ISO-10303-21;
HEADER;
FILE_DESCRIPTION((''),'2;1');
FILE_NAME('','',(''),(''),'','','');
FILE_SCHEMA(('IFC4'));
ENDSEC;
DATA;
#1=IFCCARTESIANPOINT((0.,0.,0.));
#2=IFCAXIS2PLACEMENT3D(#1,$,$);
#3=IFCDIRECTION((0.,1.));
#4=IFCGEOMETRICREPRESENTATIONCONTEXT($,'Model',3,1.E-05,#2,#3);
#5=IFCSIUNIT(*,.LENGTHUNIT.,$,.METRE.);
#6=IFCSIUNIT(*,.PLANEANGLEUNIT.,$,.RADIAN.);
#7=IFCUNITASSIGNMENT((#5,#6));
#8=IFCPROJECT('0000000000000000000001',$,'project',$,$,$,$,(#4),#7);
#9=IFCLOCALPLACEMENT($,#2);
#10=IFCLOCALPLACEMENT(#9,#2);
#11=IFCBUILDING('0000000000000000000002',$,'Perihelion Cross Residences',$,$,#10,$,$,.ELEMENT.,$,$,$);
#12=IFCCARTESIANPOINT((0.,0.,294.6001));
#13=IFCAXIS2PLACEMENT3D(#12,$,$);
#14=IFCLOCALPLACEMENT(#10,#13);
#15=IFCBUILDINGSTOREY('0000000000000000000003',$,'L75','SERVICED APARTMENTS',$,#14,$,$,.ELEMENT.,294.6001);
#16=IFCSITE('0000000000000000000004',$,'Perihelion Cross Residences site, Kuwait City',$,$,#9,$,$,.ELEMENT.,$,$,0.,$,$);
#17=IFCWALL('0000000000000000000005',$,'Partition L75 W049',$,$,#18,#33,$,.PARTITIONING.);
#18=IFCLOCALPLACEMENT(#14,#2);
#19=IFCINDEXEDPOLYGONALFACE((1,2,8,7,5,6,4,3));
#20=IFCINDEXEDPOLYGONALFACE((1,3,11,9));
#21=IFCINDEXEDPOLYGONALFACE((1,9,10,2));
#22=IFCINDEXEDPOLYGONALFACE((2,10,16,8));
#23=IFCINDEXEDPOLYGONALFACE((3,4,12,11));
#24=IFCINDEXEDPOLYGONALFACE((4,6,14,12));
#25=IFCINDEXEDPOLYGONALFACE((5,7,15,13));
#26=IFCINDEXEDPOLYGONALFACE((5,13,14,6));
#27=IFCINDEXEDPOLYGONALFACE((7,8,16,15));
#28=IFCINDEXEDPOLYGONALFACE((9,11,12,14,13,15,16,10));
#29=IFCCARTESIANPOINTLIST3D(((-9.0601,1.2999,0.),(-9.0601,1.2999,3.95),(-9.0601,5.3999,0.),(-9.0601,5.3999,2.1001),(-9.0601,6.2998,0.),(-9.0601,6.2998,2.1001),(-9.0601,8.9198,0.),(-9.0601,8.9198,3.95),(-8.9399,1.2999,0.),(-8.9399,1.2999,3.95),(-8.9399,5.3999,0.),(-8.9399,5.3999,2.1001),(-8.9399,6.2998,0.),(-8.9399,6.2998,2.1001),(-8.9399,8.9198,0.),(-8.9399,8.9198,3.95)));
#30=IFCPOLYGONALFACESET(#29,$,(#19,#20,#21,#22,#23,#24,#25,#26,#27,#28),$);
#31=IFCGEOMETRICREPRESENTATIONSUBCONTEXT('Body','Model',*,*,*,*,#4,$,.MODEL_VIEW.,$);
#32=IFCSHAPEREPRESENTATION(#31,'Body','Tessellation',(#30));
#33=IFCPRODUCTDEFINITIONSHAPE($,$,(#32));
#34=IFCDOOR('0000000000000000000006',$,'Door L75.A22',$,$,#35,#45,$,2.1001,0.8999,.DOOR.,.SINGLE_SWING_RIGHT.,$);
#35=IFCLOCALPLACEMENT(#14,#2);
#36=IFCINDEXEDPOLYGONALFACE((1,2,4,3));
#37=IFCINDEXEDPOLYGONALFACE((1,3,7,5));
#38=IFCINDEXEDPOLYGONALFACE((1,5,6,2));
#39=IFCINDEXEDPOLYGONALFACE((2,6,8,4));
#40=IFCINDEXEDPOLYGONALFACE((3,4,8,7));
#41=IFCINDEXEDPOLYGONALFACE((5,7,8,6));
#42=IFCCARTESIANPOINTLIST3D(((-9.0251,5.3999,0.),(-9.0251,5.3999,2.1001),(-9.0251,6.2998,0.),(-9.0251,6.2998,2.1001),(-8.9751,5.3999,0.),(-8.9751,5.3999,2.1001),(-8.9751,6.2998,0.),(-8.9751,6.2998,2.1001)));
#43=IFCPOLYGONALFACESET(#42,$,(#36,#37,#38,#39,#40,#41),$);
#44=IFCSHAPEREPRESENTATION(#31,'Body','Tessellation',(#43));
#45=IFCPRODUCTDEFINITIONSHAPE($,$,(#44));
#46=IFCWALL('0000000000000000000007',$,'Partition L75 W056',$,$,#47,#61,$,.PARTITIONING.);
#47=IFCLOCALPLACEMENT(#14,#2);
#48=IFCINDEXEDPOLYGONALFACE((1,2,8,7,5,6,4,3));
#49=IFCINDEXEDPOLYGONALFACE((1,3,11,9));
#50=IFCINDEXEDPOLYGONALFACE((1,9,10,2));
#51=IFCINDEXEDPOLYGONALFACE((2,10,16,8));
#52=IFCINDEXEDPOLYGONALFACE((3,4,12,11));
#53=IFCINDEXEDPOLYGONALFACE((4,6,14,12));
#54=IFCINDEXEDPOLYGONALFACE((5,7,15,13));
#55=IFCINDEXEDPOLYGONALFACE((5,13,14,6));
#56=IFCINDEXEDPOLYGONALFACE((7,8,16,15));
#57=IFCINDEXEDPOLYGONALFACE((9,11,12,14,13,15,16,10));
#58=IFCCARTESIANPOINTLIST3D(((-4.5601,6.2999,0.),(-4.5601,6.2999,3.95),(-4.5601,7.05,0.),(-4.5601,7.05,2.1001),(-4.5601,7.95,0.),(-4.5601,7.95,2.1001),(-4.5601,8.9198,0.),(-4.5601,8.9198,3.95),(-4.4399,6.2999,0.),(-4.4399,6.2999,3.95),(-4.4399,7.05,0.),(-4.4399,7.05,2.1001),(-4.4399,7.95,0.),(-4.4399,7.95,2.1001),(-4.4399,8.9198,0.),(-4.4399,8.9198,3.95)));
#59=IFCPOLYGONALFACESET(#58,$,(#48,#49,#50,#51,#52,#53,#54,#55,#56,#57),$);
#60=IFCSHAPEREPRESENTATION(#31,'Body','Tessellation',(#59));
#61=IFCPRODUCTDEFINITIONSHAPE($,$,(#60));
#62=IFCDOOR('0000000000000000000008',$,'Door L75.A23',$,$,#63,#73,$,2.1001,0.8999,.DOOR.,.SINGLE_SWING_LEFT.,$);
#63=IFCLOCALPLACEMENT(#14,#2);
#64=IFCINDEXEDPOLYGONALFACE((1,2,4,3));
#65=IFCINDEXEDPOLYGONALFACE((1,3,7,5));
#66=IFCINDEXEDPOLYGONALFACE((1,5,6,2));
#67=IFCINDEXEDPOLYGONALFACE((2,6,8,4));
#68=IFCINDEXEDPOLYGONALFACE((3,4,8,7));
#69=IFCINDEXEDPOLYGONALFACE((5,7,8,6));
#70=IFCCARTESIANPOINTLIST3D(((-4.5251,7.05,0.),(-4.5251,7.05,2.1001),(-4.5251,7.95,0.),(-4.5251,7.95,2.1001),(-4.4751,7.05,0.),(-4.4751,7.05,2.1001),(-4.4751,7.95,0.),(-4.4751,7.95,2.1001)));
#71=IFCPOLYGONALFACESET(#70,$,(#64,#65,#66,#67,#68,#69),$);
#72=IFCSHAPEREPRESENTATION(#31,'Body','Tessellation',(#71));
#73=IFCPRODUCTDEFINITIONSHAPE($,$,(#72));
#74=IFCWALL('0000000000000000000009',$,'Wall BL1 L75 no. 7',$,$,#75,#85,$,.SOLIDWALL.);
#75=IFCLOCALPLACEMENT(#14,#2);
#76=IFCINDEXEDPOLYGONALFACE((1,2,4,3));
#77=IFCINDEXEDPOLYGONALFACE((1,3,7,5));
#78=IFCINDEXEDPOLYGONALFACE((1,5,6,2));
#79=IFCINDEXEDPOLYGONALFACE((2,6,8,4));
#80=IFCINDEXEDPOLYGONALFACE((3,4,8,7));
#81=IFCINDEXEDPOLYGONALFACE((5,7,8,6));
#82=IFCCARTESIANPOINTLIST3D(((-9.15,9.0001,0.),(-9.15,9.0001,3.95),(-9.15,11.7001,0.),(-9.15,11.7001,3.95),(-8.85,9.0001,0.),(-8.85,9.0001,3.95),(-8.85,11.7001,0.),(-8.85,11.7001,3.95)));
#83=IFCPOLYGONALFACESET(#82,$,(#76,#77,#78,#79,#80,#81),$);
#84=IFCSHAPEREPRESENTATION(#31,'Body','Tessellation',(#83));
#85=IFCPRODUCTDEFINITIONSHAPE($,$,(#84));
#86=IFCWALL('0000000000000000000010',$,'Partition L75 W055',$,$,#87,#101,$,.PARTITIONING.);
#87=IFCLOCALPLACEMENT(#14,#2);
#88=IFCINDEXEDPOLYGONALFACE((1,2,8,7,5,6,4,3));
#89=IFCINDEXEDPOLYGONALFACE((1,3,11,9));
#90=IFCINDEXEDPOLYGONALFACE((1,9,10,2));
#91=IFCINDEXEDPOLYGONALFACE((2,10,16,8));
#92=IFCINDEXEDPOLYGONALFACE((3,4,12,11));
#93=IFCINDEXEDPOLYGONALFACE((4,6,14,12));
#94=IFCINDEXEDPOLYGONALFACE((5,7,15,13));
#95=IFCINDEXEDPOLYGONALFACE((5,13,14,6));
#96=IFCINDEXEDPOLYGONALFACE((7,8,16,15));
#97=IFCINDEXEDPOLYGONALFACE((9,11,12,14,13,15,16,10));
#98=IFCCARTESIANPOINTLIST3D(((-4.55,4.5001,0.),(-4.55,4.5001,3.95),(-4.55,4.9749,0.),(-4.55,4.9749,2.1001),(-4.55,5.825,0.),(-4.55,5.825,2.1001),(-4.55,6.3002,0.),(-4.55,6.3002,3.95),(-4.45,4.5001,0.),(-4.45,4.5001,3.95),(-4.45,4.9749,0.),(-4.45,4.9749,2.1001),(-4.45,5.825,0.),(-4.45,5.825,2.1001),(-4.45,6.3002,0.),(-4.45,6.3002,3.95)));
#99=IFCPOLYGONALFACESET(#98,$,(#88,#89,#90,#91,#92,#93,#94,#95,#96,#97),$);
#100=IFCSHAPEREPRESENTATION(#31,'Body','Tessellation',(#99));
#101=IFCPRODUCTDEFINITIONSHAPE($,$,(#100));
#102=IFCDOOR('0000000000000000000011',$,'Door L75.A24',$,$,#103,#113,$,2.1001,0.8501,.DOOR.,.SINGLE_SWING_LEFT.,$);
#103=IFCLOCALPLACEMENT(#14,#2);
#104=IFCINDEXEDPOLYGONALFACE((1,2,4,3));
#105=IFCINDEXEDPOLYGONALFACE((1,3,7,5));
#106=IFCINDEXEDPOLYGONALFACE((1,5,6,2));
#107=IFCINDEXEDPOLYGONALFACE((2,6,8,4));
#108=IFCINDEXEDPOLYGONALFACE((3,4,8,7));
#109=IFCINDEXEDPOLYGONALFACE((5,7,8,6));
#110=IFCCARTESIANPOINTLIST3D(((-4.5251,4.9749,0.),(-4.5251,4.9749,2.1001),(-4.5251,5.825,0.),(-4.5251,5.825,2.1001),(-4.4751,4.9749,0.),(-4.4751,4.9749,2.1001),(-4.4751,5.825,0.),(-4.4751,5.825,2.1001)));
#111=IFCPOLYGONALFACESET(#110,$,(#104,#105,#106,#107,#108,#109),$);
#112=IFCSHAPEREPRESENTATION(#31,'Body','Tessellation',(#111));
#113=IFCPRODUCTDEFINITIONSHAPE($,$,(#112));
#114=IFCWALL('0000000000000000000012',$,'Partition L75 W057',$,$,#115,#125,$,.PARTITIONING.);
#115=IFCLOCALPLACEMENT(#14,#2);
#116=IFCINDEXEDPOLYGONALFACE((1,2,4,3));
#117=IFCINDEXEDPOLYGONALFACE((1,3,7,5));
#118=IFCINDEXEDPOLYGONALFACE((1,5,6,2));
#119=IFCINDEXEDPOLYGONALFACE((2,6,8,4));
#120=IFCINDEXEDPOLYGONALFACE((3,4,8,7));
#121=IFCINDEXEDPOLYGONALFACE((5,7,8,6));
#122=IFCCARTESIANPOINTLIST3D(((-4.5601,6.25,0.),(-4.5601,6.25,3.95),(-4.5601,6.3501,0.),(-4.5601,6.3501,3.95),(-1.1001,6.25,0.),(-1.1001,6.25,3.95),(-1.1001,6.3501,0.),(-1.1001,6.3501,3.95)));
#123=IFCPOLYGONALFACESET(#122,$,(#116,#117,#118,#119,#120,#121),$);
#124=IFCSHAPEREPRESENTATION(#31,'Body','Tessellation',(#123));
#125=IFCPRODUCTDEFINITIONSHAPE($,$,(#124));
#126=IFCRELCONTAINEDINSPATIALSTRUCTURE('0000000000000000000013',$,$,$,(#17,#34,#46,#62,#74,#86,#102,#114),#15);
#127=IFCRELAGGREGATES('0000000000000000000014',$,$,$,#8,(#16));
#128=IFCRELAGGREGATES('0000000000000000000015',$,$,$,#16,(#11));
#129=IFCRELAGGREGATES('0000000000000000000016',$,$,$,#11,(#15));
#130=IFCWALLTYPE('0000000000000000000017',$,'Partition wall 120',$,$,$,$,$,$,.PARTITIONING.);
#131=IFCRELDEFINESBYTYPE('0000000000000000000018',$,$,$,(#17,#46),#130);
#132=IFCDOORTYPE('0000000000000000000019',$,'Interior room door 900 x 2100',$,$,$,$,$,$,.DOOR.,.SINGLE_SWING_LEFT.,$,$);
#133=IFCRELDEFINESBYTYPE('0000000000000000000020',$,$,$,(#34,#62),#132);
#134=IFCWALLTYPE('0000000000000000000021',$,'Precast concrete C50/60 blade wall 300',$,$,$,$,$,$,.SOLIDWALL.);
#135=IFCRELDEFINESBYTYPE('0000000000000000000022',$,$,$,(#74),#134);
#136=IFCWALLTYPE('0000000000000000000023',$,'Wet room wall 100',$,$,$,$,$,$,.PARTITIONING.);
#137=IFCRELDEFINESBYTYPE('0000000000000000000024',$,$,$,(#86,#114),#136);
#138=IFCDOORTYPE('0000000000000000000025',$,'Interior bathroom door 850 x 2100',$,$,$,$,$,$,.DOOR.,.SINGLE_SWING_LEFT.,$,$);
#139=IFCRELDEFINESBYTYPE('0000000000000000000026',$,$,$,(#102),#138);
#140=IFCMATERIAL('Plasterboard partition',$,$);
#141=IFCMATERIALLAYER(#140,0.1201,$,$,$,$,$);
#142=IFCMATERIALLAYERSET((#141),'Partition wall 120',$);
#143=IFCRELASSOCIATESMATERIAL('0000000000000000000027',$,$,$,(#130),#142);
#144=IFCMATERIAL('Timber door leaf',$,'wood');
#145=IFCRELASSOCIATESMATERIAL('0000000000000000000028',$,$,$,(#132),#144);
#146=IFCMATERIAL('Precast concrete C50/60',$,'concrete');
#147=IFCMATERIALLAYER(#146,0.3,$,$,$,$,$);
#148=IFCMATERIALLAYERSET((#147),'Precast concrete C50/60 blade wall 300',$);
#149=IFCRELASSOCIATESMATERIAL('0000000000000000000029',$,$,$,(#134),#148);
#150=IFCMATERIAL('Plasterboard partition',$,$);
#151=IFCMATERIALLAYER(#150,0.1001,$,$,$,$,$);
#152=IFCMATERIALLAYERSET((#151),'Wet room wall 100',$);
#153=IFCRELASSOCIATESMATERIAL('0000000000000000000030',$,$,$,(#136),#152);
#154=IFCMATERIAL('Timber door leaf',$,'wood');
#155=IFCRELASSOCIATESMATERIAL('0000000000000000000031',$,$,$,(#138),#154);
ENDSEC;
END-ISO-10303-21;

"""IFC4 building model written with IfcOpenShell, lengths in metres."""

from ifc_helpers import new_model, si_unit, direction, frame, frame_2d, origin, place, context, subcontext, project, spatial, rectangle, extrude, material, layer, layer_set, type_object, element, fill, save


model = new_model("IFC4")

# Units and contexts
model_context = context("Model", 3, precision=1e-05, world=origin(), true_north=direction((0.0, 1.0)))
body_context = subcontext(model_context, "Body", "Model", "MODEL_VIEW")
ifc_project = project(units=[si_unit("LENGTHUNIT", "METRE"), si_unit("PLANEANGLEUNIT", "RADIAN")], contexts=[model_context])

# Site, building, storey
site_placement = place(None, origin())
site = spatial("IfcSite", under=ifc_project, at=site_placement, Name="Perihelion Cross Residences site, Kuwait City", CompositionType="ELEMENT", RefElevation=0.0)
building_placement = place(site_placement, origin())
building = spatial("IfcBuilding", under=site, at=building_placement, Name="Perihelion Cross Residences", CompositionType="ELEMENT")
storey_placement = place(building_placement, frame((0.0, 0.0, 294.6001)))
storey = spatial("IfcBuildingStorey", under=building, at=storey_placement, Name="L75", Description="SERVICED APARTMENTS", CompositionType="ELEMENT", Elevation=294.6001)

# Shared definitions
ifc_material_1 = material(Name="Plasterboard partition")
ifc_layer_1 = layer(ifc_material_1, 0.1201)
ifc_layer_set_1 = layer_set([ifc_layer_1], Name="Partition wall 120")
wall_type_1 = type_object("IfcWallType", Name="Partition wall 120", PredefinedType="PARTITIONING", material=ifc_layer_set_1)

# Walls, openings, doors
wall_1_placement = place(storey_placement, frame((-9.0, 8.9199, 0.0), z_axis=(0.0, 0.0, 1.0), x_axis=(0.0, -1.0, 0.0)))
wall_1 = element("IfcWall", 1, at=wall_1_placement, inside=storey, type_object=wall_type_1, Name="Partition L75 W049", PredefinedType="PARTITIONING", context=body_context, shape_type="SweptSolid", body=[
    extrude(rectangle(XDim=7.6199, YDim=0.1201, at=frame_2d((3.8101, 0.0))), origin(), (0.0, 0.0, 1.0), 3.95),
])
opening_1_placement = place(wall_1_placement, frame((2.6201, 0.0, 0.0)))
opening_1 = element("IfcOpeningElement", 2, at=opening_1_placement, cuts=wall_1, PredefinedType="OPENING", context=body_context, shape_type="SweptSolid", body=[
    extrude(rectangle(XDim=0.8999, YDim=2.1001, at=frame_2d((0.45, 1.05))), frame((0.0, 0.0701, 0.0), z_axis=(0.0, -1.0, 0.0), x_axis=(1.0, 0.0, 0.0)), (0.0, 0.0, 1.0), 0.1401),
])
ifc_material_2 = material(Name="Timber door leaf", Category="wood")
door_type_1 = type_object("IfcDoorType", Name="Interior room door 900 x 2100", OperationType="SINGLE_SWING_LEFT", PredefinedType="DOOR", material=ifc_material_2)
door_1_placement = place(opening_1_placement, origin())
door_1 = element("IfcDoor", 3, at=door_1_placement, inside=storey, type_object=door_type_1, Name="Door L75.A22", OperationType="SINGLE_SWING_RIGHT", OverallHeight=2.1001, OverallWidth=0.8999, PredefinedType="DOOR", context=body_context, shape_type="SweptSolid", body=[
    extrude(rectangle(XDim=0.8999, YDim=2.1001, at=frame_2d((0.45, 1.05))), frame((0.0, 0.0249, 0.0), z_axis=(0.0, -1.0, 0.0), x_axis=(1.0, 0.0, 0.0)), (0.0, 0.0, 1.0), 0.05),
])
fill(opening_1, door_1)
wall_2_placement = place(storey_placement, frame((-4.5, 8.9199, 0.0), z_axis=(0.0, 0.0, 1.0), x_axis=(0.0, -1.0, 0.0)))
wall_2 = element("IfcWall", 4, at=wall_2_placement, inside=storey, type_object=wall_type_1, Name="Partition L75 W056", PredefinedType="PARTITIONING", context=body_context, shape_type="SweptSolid", body=[
    extrude(rectangle(XDim=2.6199, YDim=0.1201, at=frame_2d((1.3101, 0.0))), origin(), (0.0, 0.0, 1.0), 3.95),
])
opening_2_placement = place(wall_2_placement, frame((0.97, 0.0, 0.0)))
opening_2 = element("IfcOpeningElement", 5, at=opening_2_placement, cuts=wall_2, PredefinedType="OPENING", context=body_context, shape_type="SweptSolid", body=[
    extrude(rectangle(XDim=0.8999, YDim=2.1001, at=frame_2d((0.45, 1.05))), frame((0.0, 0.0701, 0.0), z_axis=(0.0, -1.0, 0.0), x_axis=(1.0, 0.0, 0.0)), (0.0, 0.0, 1.0), 0.1401),
])
door_2_placement = place(opening_2_placement, origin())
door_2 = element("IfcDoor", 6, at=door_2_placement, inside=storey, type_object=door_type_1, Name="Door L75.A23", OperationType="SINGLE_SWING_LEFT", OverallHeight=2.1001, OverallWidth=0.8999, PredefinedType="DOOR", context=body_context, shape_type="SweptSolid", body=[
    extrude(rectangle(XDim=0.8999, YDim=2.1001, at=frame_2d((0.45, 1.05))), frame((0.0, 0.0249, 0.0), z_axis=(0.0, -1.0, 0.0), x_axis=(1.0, 0.0, 0.0)), (0.0, 0.0, 1.0), 0.05),
])
fill(opening_2, door_2)

# Wall
ifc_material_3 = material(Name="Precast concrete C50/60", Category="concrete")
ifc_layer_2 = layer(ifc_material_3, 0.3)
ifc_layer_set_2 = layer_set([ifc_layer_2], Name="Precast concrete C50/60 blade wall 300")
wall_type_2 = type_object("IfcWallType", Name="Precast concrete C50/60 blade wall 300", PredefinedType="SOLIDWALL", material=ifc_layer_set_2)
wall_3_placement = place(storey_placement, frame((-9.0, 9.0, 0.0), z_axis=(0.0, 0.0, 1.0), x_axis=(0.0, 1.0, 0.0)))
element("IfcWall", 7, at=wall_3_placement, inside=storey, type_object=wall_type_2, Name="Wall BL1 L75 no. 7", PredefinedType="SOLIDWALL", context=body_context, shape_type="SweptSolid", body=[
    extrude(rectangle(XDim=2.7, YDim=0.3, at=frame_2d((1.3501, 0.0))), origin(), (0.0, 0.0, 1.0), 3.95),
])

# Wall, opening, door
ifc_material_4 = material(Name="Plasterboard partition")
ifc_layer_3 = layer(ifc_material_4, 0.1001)
ifc_layer_set_3 = layer_set([ifc_layer_3], Name="Wet room wall 100")
wall_type_3 = type_object("IfcWallType", Name="Wet room wall 100", PredefinedType="PARTITIONING", material=ifc_layer_set_3)
wall_4_placement = place(storey_placement, frame((-4.5, 6.3, 0.0), z_axis=(0.0, 0.0, 1.0), x_axis=(0.0, -1.0, 0.0)))
wall_4 = element("IfcWall", 8, at=wall_4_placement, inside=storey, type_object=wall_type_3, Name="Partition L75 W055", PredefinedType="PARTITIONING", context=body_context, shape_type="SweptSolid", body=[
    extrude(rectangle(XDim=1.8, YDim=0.1001, at=frame_2d((0.8999, 0.0))), origin(), (0.0, 0.0, 1.0), 3.95),
])
opening_3_placement = place(wall_4_placement, frame((0.4751, 0.0, 0.0)))
opening_3 = element("IfcOpeningElement", 9, at=opening_3_placement, cuts=wall_4, PredefinedType="OPENING", context=body_context, shape_type="SweptSolid", body=[
    extrude(rectangle(XDim=0.8501, YDim=2.1001, at=frame_2d((0.425, 1.05))), frame((0.0, 0.0601, 0.0), z_axis=(0.0, -1.0, 0.0), x_axis=(1.0, 0.0, 0.0)), (0.0, 0.0, 1.0), 0.1201),
])
ifc_material_5 = material(Name="Timber door leaf", Category="wood")
door_type_2 = type_object("IfcDoorType", Name="Interior bathroom door 850 x 2100", OperationType="SINGLE_SWING_LEFT", PredefinedType="DOOR", material=ifc_material_5)
door_3_placement = place(opening_3_placement, origin())
door_3 = element("IfcDoor", 10, at=door_3_placement, inside=storey, type_object=door_type_2, Name="Door L75.A24", OperationType="SINGLE_SWING_LEFT", OverallHeight=2.1001, OverallWidth=0.8501, PredefinedType="DOOR", context=body_context, shape_type="SweptSolid", body=[
    extrude(rectangle(XDim=0.8501, YDim=2.1001, at=frame_2d((0.425, 1.05))), frame((0.0, 0.0249, 0.0), z_axis=(0.0, -1.0, 0.0), x_axis=(1.0, 0.0, 0.0)), (0.0, 0.0, 1.0), 0.05),
])
fill(opening_3, door_3)

# Wall
wall_5_placement = place(storey_placement, frame((-4.5601, 6.3, 0.0), z_axis=(0.0, 0.0, 1.0), x_axis=(1.0, 0.0, 0.0)))
element("IfcWall", 11, at=wall_5_placement, inside=storey, type_object=wall_type_3, Name="Partition L75 W057", PredefinedType="PARTITIONING", context=body_context, shape_type="SweptSolid", body=[
    extrude(rectangle(XDim=3.46, YDim=0.1001, at=frame_2d((1.73, 0.0))), origin(), (0.0, 0.0, 1.0), 3.95),
])

save(model, "model.ifc")
